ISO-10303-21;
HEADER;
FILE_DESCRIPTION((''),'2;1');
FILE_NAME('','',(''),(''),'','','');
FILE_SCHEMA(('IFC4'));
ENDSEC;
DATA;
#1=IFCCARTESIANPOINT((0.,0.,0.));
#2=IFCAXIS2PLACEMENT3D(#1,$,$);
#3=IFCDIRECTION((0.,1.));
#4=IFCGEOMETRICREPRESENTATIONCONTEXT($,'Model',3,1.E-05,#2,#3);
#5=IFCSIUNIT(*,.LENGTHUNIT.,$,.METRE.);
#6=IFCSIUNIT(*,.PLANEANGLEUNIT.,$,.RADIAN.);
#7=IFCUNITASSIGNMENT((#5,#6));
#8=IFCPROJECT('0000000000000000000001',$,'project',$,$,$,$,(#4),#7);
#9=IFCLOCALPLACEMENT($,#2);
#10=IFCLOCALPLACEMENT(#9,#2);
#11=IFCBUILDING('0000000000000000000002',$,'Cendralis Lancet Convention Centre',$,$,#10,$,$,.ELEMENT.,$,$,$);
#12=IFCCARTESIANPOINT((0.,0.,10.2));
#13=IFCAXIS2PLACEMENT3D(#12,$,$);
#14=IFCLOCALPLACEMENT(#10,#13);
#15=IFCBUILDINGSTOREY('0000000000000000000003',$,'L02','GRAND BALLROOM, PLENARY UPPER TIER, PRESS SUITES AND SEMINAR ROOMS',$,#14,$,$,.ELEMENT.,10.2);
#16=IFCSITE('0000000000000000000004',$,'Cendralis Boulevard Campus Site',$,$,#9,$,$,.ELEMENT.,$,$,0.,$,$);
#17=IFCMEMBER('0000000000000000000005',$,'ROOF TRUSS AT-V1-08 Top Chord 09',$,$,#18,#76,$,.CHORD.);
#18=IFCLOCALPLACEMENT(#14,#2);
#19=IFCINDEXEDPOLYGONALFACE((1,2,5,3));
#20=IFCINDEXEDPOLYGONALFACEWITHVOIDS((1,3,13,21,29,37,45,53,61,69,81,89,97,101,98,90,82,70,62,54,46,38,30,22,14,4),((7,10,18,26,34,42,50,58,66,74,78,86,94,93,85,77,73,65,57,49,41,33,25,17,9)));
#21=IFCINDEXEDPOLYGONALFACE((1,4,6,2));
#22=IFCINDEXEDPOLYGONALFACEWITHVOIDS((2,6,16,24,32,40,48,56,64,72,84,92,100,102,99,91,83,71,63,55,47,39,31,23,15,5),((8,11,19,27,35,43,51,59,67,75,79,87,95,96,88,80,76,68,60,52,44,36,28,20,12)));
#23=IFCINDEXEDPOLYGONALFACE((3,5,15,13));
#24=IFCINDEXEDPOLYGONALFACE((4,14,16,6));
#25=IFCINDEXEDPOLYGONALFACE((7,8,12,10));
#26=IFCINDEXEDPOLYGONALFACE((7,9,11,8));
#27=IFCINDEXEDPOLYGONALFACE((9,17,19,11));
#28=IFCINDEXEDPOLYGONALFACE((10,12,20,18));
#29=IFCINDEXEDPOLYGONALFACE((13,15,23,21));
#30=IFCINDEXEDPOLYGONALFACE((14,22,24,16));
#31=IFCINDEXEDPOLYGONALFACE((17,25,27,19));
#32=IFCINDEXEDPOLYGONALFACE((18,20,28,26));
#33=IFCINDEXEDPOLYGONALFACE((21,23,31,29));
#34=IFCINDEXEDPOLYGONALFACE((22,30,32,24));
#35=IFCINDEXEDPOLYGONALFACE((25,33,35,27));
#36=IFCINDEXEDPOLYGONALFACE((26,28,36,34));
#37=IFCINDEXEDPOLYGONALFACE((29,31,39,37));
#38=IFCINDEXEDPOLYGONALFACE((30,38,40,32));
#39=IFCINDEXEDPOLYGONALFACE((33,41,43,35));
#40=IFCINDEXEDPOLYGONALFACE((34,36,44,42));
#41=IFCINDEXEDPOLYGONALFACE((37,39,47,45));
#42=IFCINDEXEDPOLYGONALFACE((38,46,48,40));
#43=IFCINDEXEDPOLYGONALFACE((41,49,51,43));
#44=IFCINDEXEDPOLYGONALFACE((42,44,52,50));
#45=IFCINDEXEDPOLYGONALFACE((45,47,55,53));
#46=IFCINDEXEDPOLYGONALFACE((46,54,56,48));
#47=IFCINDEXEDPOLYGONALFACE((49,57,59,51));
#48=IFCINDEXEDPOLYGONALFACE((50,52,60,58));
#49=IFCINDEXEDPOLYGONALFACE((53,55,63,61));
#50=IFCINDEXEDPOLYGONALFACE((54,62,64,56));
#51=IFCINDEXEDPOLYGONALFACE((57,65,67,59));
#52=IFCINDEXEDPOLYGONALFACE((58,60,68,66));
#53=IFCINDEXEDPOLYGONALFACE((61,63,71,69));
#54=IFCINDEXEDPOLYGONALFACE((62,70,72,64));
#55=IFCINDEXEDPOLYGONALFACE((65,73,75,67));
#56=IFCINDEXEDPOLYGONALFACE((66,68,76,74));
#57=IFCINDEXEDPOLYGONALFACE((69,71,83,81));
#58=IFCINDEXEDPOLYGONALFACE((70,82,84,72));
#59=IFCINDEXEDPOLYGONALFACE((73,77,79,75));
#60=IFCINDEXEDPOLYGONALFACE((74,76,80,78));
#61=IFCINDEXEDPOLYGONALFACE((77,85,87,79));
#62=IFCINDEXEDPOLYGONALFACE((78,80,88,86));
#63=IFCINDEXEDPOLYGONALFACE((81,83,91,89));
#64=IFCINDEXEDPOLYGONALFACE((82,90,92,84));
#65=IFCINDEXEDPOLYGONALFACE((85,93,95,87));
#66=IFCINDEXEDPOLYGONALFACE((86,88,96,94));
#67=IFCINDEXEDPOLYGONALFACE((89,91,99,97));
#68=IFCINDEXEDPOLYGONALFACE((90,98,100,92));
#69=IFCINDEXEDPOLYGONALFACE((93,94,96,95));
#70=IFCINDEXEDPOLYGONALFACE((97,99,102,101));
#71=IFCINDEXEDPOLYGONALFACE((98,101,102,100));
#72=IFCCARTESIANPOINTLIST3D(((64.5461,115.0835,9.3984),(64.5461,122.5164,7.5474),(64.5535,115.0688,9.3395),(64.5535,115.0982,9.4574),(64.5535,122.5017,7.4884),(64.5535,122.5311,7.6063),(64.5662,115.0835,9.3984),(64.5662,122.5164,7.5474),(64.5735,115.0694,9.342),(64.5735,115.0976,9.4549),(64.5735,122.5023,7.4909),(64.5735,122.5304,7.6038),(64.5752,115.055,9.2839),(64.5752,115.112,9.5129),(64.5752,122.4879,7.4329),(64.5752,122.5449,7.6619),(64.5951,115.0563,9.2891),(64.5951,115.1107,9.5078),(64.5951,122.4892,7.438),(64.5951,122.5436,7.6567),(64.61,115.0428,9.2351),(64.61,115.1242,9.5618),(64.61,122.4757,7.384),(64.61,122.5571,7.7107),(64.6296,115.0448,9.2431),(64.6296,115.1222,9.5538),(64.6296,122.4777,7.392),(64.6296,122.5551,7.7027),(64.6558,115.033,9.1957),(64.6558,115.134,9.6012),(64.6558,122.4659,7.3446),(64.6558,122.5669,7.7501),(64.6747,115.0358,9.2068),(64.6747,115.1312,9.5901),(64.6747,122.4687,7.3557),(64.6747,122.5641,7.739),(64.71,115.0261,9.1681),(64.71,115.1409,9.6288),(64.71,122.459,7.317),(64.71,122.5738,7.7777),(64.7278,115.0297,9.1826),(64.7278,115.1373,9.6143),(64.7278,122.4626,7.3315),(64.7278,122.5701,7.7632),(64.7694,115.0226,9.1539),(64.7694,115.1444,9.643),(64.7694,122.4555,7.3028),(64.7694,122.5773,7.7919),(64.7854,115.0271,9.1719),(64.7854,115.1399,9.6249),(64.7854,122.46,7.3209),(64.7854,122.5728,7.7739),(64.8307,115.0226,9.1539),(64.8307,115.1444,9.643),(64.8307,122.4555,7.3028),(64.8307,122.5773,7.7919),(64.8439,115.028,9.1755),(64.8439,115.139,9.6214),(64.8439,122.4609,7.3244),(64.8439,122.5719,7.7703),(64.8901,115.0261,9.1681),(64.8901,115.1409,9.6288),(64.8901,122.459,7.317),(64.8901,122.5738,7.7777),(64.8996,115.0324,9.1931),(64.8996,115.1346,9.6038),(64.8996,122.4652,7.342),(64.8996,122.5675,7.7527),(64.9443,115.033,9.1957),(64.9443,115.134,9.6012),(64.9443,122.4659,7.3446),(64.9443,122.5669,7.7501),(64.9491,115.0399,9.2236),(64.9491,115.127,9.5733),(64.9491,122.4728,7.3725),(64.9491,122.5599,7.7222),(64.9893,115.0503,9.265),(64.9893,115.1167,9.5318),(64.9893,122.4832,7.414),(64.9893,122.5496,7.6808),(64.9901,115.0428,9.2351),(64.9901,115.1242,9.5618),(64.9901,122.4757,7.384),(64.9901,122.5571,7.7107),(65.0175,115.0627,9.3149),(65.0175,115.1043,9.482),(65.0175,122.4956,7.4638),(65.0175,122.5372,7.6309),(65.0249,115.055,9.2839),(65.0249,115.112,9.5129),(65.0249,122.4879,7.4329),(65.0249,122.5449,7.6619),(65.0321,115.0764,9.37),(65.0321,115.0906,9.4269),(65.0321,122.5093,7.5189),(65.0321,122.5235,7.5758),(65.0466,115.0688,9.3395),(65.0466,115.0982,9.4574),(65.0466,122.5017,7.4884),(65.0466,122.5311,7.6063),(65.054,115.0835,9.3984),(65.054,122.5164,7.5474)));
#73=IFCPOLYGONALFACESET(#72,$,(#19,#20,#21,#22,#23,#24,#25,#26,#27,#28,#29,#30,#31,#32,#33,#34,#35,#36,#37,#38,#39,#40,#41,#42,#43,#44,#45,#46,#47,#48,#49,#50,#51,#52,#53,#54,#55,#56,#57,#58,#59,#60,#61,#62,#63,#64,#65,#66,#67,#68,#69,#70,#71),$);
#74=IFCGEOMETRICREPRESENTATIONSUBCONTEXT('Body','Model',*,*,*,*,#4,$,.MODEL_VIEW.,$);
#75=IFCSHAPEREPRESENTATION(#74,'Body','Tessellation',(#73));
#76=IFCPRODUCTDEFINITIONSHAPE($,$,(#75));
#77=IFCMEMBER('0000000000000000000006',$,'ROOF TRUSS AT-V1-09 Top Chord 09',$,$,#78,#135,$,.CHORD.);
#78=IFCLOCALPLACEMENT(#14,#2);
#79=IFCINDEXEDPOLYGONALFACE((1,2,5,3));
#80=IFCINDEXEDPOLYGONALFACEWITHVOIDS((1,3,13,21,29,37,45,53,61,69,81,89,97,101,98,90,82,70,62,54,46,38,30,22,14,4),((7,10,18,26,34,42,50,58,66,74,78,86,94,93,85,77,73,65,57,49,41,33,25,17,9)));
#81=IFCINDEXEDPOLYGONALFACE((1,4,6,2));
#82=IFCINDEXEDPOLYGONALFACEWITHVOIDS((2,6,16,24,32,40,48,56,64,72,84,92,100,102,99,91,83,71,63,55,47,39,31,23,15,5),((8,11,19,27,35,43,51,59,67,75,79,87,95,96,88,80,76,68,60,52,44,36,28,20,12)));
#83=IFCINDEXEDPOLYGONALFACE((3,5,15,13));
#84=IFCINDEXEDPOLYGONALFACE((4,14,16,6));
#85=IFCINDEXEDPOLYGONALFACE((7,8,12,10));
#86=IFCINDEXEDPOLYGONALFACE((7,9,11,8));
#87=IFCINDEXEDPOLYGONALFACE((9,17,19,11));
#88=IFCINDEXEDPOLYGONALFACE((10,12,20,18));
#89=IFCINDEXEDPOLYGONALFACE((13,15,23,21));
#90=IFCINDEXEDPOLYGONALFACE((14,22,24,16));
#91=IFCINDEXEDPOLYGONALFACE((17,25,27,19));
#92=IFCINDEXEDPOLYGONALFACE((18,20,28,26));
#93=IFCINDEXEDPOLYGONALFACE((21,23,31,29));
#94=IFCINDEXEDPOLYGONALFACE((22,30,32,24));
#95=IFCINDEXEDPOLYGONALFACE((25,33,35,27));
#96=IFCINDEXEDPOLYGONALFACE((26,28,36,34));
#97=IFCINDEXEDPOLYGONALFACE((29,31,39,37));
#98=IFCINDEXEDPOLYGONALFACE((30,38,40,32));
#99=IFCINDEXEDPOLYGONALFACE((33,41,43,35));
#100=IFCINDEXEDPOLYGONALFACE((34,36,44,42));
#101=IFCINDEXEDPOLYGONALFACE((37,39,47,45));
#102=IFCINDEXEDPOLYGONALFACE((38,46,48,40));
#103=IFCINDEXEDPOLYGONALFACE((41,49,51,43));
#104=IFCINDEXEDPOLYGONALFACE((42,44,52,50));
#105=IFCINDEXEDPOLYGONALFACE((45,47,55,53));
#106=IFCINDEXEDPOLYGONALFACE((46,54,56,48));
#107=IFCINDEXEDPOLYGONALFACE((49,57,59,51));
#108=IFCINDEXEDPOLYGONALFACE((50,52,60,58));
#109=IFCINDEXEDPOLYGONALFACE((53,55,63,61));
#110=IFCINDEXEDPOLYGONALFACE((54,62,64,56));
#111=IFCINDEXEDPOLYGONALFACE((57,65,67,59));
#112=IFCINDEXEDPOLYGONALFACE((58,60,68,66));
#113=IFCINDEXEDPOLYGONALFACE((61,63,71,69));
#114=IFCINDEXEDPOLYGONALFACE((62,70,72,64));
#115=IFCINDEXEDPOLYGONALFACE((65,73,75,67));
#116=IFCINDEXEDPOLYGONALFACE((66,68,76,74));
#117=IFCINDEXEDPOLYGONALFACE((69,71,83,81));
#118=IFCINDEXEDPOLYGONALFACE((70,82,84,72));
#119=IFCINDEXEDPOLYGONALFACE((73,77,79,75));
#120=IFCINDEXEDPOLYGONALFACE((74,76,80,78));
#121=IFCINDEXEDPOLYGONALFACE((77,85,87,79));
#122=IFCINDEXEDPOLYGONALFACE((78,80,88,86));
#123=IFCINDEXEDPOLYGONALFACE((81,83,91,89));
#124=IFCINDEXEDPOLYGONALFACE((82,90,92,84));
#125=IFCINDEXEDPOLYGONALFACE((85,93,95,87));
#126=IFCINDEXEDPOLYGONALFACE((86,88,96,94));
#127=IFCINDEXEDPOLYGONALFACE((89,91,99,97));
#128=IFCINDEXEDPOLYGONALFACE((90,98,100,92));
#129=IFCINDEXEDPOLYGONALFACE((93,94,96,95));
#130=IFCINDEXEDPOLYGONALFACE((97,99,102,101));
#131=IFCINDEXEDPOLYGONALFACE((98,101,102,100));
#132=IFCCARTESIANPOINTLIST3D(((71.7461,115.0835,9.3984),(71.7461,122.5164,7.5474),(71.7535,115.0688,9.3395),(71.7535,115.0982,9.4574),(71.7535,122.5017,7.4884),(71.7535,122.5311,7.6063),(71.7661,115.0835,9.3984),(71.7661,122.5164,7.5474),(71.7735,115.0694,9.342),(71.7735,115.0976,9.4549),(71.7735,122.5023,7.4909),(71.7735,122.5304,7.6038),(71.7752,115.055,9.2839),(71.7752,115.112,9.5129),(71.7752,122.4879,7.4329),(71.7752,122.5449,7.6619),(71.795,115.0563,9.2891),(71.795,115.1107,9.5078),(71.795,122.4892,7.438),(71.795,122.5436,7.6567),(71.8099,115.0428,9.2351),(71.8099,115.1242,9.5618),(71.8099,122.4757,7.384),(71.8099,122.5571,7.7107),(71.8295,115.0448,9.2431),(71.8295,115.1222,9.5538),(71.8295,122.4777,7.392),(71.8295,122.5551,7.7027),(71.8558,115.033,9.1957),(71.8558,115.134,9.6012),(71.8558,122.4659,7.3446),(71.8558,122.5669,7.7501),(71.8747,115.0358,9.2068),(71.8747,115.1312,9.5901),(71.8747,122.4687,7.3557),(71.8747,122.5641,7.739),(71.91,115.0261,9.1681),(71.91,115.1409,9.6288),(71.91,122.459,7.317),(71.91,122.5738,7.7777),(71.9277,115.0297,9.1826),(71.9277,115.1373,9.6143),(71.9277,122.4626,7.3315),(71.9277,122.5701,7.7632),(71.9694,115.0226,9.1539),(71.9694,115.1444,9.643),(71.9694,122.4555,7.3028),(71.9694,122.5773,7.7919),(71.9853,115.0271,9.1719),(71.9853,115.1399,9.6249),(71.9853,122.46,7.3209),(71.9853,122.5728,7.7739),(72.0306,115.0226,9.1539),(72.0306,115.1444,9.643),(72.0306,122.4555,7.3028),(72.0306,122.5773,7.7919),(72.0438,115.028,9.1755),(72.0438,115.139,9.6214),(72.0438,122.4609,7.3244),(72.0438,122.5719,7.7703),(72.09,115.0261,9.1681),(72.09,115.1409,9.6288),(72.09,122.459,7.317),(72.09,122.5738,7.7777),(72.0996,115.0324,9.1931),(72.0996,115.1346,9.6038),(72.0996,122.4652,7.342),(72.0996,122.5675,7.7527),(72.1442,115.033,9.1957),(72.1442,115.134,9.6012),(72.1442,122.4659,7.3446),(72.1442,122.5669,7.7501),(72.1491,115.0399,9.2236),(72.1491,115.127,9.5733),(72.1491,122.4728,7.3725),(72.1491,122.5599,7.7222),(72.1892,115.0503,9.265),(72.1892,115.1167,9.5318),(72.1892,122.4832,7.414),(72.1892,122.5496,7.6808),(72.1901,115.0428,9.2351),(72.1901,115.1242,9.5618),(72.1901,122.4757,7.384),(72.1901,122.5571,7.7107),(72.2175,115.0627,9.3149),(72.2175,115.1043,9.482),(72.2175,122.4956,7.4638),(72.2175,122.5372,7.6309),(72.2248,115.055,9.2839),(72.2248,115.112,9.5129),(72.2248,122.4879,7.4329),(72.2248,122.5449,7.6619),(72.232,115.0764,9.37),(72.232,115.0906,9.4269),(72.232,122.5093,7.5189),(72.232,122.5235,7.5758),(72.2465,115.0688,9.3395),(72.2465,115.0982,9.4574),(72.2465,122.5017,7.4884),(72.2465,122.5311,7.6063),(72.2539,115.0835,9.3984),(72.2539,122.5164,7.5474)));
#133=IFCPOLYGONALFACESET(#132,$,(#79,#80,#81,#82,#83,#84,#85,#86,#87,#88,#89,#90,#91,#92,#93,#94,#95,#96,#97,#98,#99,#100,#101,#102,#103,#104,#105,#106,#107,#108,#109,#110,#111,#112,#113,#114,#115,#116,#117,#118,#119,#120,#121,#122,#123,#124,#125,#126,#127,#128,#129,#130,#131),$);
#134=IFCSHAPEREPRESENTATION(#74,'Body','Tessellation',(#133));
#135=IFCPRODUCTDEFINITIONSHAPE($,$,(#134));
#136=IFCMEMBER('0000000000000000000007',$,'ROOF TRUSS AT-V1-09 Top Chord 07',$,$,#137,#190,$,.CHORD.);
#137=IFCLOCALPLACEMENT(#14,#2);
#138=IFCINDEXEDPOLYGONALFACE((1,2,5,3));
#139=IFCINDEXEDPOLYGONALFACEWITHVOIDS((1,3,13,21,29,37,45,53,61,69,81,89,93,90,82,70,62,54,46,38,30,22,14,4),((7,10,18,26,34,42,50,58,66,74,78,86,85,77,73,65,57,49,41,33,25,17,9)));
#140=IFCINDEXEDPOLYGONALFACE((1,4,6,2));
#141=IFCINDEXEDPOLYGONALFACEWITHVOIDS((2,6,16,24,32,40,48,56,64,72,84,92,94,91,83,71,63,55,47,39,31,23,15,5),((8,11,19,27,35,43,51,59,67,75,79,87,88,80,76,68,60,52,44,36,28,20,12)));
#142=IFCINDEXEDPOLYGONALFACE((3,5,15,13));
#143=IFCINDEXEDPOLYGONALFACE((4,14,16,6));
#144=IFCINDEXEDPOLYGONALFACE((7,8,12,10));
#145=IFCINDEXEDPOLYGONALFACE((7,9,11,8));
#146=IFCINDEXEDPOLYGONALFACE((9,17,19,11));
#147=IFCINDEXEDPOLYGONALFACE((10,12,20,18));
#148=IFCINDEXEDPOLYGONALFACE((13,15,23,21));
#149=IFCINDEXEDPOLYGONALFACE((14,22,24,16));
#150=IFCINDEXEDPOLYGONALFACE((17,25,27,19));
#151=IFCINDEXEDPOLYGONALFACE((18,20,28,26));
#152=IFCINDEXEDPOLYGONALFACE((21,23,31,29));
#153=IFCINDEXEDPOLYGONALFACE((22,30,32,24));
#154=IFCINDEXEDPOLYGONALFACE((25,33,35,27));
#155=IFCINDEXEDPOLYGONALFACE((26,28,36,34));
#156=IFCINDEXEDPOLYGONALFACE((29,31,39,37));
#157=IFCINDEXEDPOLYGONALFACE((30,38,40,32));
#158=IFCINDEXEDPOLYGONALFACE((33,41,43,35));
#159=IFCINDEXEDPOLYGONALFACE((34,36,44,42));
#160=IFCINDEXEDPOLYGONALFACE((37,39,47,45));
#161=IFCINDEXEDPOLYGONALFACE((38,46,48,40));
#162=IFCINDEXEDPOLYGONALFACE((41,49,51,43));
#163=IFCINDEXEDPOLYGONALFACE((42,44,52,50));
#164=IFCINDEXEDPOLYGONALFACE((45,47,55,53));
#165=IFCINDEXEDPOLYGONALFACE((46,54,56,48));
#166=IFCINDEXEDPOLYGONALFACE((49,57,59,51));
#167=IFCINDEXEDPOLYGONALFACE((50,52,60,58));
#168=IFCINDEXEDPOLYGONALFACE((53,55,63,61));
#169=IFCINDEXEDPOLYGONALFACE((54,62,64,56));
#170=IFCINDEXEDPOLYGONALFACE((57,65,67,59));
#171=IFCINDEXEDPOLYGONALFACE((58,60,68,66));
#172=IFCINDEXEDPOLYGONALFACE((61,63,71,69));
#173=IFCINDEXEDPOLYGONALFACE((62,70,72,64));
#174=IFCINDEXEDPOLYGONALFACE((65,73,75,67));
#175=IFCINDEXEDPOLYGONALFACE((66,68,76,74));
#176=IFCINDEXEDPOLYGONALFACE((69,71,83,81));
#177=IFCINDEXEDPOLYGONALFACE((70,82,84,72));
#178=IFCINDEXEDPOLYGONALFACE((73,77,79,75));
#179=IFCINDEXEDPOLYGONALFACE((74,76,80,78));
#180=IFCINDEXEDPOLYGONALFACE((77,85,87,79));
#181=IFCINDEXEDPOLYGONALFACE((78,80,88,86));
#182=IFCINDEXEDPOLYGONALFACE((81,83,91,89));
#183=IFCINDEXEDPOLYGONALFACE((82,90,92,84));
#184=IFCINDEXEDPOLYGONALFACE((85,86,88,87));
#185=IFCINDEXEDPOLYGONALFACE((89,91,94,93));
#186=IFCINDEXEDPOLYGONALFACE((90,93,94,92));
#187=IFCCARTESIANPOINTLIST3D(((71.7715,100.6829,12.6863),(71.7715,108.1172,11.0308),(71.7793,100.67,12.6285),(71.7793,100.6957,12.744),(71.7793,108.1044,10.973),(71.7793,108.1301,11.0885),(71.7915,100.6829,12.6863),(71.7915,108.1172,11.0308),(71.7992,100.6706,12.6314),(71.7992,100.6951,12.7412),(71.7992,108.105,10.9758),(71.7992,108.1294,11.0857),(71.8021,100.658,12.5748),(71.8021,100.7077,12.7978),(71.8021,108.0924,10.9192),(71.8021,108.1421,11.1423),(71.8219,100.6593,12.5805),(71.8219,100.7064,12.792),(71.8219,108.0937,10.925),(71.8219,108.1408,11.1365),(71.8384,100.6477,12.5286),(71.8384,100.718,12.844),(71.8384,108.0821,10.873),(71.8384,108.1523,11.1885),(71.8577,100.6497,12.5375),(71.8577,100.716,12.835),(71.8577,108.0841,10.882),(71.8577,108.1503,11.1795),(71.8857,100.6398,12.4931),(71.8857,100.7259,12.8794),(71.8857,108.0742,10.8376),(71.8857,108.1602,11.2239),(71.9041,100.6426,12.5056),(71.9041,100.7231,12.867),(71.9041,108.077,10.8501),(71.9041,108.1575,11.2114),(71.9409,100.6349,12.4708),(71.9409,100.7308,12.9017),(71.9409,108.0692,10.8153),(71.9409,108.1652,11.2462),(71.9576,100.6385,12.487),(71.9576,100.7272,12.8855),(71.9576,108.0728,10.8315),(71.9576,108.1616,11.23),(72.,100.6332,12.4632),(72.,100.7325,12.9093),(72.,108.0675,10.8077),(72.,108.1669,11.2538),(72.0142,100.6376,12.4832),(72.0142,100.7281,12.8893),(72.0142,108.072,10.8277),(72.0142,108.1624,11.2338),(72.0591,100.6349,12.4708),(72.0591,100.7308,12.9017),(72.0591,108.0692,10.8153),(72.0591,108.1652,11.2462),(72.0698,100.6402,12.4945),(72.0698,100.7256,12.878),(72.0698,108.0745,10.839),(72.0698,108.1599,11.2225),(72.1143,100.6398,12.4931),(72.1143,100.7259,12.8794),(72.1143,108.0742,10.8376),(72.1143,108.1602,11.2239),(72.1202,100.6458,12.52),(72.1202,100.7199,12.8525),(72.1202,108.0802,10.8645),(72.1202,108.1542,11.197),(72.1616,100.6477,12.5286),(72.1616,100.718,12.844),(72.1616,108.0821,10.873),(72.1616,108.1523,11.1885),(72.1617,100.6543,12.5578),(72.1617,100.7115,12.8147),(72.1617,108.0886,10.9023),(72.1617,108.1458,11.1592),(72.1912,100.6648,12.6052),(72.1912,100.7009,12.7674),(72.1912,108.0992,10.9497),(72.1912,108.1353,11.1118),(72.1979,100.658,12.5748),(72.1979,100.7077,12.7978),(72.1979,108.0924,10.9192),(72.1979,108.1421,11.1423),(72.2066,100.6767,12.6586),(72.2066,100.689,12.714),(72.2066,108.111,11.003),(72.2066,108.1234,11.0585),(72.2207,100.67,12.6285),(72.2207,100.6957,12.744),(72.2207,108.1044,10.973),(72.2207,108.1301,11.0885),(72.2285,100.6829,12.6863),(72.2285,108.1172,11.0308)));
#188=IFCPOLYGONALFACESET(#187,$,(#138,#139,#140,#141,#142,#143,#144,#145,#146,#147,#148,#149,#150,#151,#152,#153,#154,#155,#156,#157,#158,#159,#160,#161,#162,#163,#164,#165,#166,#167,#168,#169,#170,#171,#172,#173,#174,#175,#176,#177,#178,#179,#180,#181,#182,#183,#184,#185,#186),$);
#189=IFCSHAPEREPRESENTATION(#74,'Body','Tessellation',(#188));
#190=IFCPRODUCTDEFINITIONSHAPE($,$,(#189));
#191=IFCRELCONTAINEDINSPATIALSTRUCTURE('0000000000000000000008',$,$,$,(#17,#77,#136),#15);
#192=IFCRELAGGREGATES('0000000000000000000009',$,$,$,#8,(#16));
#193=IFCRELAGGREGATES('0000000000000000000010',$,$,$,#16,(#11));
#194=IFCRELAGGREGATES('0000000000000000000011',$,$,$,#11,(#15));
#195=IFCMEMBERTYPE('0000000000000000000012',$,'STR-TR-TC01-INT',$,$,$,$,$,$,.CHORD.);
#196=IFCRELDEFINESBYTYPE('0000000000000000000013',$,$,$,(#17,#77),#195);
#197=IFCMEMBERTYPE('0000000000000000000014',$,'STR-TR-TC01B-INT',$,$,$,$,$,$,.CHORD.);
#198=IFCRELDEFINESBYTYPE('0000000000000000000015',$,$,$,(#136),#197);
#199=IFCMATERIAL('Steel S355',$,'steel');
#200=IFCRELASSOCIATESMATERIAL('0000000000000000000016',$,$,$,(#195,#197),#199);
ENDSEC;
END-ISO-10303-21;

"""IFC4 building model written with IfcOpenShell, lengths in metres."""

from ifc_helpers import new_model, si_unit, direction, frame, origin, origin_2d, place, context, subcontext, project, spatial, hollow_circle, extrude, material, material_profile, profile_set, type_object, element, save


model = new_model("IFC4")

# Units and contexts
model_context = context("Model", 3, precision=1e-05, world=origin(), true_north=direction((0.0, 1.0)))
body_context = subcontext(model_context, "Body", "Model", "MODEL_VIEW")
ifc_project = project(units=[si_unit("LENGTHUNIT", "METRE"), si_unit("PLANEANGLEUNIT", "RADIAN")], contexts=[model_context])

# Site, building, storey
site_placement = place(None, origin())
site = spatial("IfcSite", under=ifc_project, at=site_placement, Name="Cendralis Boulevard Campus Site", CompositionType="ELEMENT", RefElevation=0.0)
building_placement = place(site_placement, origin())
building = spatial("IfcBuilding", under=site, at=building_placement, Name="Cendralis Lancet Convention Centre", CompositionType="ELEMENT")
storey_placement = place(building_placement, frame((0.0, 0.0, 10.2)))
storey = spatial("IfcBuildingStorey", under=building, at=storey_placement, Name="L02", Description="GRAND BALLROOM, PLENARY UPPER TIER, PRESS SUITES AND SEMINAR ROOMS", CompositionType="ELEMENT", Elevation=10.2)

# Members
ifc_material = material(Name="Steel S355", Category="steel")
ifc_material_profile_1 = material_profile(ifc_material, hollow_circle(Radius=0.2539, WallThickness=0.02, at=origin_2d()), Name="CHS 508.0x20.0")
ifc_profile_set_1 = profile_set([ifc_material_profile_1], Name="Steel S355")
member_type_1 = type_object("IfcMemberType", Name="STR-TR-TC01-INT", PredefinedType="CHORD", material=ifc_profile_set_1)
for number, where, z_axis, x_axis, name in (
    (1, (64.8, 115.0835, 9.3984), (0.0, 0.970361, -0.241658), (-1.0, 0.0, 0.0), "ROOF TRUSS AT-V1-08 Top Chord 09"),
    (2, (72.0, 115.0835, 9.3984), (0.0, 0.970361, -0.241658), (-1.0, 0.0, 0.0), "ROOF TRUSS AT-V1-09 Top Chord 09"),
):
    element("IfcMember", number, at=place(storey_placement, frame(where, z_axis=z_axis, x_axis=x_axis)), inside=storey, type_object=member_type_1, Name=name, PredefinedType="CHORD", context=body_context, shape_type="SweptSolid", body=[
        extrude(hollow_circle(Radius=0.2539, WallThickness=0.02, at=origin_2d()), origin(), (0.0, 0.0, 1.0), 7.6599),
    ])
ifc_material_profile_2 = material_profile(ifc_material, hollow_circle(Radius=0.2285, WallThickness=0.02, at=origin_2d()), Name="CHS 457.0x20.0")
ifc_profile_set_2 = profile_set([ifc_material_profile_2], Name="Steel S355")
member_type_2 = type_object("IfcMemberType", Name="STR-TR-TC01B-INT", PredefinedType="CHORD", material=ifc_profile_set_2)
member_1_placement = place(storey_placement, frame((72.0, 100.6829, 12.6863), z_axis=(0.0, 0.976091, -0.217361), x_axis=(-1.0, 0.0, 0.0)))
element("IfcMember", 3, at=member_1_placement, inside=storey, type_object=member_type_2, Name="ROOF TRUSS AT-V1-09 Top Chord 07", PredefinedType="CHORD", context=body_context, shape_type="SweptSolid", body=[
    extrude(hollow_circle(Radius=0.2285, WallThickness=0.02, at=origin_2d()), origin(), (0.0, 0.0, 1.0), 7.6165),
])

save(model, "model.ifc")
